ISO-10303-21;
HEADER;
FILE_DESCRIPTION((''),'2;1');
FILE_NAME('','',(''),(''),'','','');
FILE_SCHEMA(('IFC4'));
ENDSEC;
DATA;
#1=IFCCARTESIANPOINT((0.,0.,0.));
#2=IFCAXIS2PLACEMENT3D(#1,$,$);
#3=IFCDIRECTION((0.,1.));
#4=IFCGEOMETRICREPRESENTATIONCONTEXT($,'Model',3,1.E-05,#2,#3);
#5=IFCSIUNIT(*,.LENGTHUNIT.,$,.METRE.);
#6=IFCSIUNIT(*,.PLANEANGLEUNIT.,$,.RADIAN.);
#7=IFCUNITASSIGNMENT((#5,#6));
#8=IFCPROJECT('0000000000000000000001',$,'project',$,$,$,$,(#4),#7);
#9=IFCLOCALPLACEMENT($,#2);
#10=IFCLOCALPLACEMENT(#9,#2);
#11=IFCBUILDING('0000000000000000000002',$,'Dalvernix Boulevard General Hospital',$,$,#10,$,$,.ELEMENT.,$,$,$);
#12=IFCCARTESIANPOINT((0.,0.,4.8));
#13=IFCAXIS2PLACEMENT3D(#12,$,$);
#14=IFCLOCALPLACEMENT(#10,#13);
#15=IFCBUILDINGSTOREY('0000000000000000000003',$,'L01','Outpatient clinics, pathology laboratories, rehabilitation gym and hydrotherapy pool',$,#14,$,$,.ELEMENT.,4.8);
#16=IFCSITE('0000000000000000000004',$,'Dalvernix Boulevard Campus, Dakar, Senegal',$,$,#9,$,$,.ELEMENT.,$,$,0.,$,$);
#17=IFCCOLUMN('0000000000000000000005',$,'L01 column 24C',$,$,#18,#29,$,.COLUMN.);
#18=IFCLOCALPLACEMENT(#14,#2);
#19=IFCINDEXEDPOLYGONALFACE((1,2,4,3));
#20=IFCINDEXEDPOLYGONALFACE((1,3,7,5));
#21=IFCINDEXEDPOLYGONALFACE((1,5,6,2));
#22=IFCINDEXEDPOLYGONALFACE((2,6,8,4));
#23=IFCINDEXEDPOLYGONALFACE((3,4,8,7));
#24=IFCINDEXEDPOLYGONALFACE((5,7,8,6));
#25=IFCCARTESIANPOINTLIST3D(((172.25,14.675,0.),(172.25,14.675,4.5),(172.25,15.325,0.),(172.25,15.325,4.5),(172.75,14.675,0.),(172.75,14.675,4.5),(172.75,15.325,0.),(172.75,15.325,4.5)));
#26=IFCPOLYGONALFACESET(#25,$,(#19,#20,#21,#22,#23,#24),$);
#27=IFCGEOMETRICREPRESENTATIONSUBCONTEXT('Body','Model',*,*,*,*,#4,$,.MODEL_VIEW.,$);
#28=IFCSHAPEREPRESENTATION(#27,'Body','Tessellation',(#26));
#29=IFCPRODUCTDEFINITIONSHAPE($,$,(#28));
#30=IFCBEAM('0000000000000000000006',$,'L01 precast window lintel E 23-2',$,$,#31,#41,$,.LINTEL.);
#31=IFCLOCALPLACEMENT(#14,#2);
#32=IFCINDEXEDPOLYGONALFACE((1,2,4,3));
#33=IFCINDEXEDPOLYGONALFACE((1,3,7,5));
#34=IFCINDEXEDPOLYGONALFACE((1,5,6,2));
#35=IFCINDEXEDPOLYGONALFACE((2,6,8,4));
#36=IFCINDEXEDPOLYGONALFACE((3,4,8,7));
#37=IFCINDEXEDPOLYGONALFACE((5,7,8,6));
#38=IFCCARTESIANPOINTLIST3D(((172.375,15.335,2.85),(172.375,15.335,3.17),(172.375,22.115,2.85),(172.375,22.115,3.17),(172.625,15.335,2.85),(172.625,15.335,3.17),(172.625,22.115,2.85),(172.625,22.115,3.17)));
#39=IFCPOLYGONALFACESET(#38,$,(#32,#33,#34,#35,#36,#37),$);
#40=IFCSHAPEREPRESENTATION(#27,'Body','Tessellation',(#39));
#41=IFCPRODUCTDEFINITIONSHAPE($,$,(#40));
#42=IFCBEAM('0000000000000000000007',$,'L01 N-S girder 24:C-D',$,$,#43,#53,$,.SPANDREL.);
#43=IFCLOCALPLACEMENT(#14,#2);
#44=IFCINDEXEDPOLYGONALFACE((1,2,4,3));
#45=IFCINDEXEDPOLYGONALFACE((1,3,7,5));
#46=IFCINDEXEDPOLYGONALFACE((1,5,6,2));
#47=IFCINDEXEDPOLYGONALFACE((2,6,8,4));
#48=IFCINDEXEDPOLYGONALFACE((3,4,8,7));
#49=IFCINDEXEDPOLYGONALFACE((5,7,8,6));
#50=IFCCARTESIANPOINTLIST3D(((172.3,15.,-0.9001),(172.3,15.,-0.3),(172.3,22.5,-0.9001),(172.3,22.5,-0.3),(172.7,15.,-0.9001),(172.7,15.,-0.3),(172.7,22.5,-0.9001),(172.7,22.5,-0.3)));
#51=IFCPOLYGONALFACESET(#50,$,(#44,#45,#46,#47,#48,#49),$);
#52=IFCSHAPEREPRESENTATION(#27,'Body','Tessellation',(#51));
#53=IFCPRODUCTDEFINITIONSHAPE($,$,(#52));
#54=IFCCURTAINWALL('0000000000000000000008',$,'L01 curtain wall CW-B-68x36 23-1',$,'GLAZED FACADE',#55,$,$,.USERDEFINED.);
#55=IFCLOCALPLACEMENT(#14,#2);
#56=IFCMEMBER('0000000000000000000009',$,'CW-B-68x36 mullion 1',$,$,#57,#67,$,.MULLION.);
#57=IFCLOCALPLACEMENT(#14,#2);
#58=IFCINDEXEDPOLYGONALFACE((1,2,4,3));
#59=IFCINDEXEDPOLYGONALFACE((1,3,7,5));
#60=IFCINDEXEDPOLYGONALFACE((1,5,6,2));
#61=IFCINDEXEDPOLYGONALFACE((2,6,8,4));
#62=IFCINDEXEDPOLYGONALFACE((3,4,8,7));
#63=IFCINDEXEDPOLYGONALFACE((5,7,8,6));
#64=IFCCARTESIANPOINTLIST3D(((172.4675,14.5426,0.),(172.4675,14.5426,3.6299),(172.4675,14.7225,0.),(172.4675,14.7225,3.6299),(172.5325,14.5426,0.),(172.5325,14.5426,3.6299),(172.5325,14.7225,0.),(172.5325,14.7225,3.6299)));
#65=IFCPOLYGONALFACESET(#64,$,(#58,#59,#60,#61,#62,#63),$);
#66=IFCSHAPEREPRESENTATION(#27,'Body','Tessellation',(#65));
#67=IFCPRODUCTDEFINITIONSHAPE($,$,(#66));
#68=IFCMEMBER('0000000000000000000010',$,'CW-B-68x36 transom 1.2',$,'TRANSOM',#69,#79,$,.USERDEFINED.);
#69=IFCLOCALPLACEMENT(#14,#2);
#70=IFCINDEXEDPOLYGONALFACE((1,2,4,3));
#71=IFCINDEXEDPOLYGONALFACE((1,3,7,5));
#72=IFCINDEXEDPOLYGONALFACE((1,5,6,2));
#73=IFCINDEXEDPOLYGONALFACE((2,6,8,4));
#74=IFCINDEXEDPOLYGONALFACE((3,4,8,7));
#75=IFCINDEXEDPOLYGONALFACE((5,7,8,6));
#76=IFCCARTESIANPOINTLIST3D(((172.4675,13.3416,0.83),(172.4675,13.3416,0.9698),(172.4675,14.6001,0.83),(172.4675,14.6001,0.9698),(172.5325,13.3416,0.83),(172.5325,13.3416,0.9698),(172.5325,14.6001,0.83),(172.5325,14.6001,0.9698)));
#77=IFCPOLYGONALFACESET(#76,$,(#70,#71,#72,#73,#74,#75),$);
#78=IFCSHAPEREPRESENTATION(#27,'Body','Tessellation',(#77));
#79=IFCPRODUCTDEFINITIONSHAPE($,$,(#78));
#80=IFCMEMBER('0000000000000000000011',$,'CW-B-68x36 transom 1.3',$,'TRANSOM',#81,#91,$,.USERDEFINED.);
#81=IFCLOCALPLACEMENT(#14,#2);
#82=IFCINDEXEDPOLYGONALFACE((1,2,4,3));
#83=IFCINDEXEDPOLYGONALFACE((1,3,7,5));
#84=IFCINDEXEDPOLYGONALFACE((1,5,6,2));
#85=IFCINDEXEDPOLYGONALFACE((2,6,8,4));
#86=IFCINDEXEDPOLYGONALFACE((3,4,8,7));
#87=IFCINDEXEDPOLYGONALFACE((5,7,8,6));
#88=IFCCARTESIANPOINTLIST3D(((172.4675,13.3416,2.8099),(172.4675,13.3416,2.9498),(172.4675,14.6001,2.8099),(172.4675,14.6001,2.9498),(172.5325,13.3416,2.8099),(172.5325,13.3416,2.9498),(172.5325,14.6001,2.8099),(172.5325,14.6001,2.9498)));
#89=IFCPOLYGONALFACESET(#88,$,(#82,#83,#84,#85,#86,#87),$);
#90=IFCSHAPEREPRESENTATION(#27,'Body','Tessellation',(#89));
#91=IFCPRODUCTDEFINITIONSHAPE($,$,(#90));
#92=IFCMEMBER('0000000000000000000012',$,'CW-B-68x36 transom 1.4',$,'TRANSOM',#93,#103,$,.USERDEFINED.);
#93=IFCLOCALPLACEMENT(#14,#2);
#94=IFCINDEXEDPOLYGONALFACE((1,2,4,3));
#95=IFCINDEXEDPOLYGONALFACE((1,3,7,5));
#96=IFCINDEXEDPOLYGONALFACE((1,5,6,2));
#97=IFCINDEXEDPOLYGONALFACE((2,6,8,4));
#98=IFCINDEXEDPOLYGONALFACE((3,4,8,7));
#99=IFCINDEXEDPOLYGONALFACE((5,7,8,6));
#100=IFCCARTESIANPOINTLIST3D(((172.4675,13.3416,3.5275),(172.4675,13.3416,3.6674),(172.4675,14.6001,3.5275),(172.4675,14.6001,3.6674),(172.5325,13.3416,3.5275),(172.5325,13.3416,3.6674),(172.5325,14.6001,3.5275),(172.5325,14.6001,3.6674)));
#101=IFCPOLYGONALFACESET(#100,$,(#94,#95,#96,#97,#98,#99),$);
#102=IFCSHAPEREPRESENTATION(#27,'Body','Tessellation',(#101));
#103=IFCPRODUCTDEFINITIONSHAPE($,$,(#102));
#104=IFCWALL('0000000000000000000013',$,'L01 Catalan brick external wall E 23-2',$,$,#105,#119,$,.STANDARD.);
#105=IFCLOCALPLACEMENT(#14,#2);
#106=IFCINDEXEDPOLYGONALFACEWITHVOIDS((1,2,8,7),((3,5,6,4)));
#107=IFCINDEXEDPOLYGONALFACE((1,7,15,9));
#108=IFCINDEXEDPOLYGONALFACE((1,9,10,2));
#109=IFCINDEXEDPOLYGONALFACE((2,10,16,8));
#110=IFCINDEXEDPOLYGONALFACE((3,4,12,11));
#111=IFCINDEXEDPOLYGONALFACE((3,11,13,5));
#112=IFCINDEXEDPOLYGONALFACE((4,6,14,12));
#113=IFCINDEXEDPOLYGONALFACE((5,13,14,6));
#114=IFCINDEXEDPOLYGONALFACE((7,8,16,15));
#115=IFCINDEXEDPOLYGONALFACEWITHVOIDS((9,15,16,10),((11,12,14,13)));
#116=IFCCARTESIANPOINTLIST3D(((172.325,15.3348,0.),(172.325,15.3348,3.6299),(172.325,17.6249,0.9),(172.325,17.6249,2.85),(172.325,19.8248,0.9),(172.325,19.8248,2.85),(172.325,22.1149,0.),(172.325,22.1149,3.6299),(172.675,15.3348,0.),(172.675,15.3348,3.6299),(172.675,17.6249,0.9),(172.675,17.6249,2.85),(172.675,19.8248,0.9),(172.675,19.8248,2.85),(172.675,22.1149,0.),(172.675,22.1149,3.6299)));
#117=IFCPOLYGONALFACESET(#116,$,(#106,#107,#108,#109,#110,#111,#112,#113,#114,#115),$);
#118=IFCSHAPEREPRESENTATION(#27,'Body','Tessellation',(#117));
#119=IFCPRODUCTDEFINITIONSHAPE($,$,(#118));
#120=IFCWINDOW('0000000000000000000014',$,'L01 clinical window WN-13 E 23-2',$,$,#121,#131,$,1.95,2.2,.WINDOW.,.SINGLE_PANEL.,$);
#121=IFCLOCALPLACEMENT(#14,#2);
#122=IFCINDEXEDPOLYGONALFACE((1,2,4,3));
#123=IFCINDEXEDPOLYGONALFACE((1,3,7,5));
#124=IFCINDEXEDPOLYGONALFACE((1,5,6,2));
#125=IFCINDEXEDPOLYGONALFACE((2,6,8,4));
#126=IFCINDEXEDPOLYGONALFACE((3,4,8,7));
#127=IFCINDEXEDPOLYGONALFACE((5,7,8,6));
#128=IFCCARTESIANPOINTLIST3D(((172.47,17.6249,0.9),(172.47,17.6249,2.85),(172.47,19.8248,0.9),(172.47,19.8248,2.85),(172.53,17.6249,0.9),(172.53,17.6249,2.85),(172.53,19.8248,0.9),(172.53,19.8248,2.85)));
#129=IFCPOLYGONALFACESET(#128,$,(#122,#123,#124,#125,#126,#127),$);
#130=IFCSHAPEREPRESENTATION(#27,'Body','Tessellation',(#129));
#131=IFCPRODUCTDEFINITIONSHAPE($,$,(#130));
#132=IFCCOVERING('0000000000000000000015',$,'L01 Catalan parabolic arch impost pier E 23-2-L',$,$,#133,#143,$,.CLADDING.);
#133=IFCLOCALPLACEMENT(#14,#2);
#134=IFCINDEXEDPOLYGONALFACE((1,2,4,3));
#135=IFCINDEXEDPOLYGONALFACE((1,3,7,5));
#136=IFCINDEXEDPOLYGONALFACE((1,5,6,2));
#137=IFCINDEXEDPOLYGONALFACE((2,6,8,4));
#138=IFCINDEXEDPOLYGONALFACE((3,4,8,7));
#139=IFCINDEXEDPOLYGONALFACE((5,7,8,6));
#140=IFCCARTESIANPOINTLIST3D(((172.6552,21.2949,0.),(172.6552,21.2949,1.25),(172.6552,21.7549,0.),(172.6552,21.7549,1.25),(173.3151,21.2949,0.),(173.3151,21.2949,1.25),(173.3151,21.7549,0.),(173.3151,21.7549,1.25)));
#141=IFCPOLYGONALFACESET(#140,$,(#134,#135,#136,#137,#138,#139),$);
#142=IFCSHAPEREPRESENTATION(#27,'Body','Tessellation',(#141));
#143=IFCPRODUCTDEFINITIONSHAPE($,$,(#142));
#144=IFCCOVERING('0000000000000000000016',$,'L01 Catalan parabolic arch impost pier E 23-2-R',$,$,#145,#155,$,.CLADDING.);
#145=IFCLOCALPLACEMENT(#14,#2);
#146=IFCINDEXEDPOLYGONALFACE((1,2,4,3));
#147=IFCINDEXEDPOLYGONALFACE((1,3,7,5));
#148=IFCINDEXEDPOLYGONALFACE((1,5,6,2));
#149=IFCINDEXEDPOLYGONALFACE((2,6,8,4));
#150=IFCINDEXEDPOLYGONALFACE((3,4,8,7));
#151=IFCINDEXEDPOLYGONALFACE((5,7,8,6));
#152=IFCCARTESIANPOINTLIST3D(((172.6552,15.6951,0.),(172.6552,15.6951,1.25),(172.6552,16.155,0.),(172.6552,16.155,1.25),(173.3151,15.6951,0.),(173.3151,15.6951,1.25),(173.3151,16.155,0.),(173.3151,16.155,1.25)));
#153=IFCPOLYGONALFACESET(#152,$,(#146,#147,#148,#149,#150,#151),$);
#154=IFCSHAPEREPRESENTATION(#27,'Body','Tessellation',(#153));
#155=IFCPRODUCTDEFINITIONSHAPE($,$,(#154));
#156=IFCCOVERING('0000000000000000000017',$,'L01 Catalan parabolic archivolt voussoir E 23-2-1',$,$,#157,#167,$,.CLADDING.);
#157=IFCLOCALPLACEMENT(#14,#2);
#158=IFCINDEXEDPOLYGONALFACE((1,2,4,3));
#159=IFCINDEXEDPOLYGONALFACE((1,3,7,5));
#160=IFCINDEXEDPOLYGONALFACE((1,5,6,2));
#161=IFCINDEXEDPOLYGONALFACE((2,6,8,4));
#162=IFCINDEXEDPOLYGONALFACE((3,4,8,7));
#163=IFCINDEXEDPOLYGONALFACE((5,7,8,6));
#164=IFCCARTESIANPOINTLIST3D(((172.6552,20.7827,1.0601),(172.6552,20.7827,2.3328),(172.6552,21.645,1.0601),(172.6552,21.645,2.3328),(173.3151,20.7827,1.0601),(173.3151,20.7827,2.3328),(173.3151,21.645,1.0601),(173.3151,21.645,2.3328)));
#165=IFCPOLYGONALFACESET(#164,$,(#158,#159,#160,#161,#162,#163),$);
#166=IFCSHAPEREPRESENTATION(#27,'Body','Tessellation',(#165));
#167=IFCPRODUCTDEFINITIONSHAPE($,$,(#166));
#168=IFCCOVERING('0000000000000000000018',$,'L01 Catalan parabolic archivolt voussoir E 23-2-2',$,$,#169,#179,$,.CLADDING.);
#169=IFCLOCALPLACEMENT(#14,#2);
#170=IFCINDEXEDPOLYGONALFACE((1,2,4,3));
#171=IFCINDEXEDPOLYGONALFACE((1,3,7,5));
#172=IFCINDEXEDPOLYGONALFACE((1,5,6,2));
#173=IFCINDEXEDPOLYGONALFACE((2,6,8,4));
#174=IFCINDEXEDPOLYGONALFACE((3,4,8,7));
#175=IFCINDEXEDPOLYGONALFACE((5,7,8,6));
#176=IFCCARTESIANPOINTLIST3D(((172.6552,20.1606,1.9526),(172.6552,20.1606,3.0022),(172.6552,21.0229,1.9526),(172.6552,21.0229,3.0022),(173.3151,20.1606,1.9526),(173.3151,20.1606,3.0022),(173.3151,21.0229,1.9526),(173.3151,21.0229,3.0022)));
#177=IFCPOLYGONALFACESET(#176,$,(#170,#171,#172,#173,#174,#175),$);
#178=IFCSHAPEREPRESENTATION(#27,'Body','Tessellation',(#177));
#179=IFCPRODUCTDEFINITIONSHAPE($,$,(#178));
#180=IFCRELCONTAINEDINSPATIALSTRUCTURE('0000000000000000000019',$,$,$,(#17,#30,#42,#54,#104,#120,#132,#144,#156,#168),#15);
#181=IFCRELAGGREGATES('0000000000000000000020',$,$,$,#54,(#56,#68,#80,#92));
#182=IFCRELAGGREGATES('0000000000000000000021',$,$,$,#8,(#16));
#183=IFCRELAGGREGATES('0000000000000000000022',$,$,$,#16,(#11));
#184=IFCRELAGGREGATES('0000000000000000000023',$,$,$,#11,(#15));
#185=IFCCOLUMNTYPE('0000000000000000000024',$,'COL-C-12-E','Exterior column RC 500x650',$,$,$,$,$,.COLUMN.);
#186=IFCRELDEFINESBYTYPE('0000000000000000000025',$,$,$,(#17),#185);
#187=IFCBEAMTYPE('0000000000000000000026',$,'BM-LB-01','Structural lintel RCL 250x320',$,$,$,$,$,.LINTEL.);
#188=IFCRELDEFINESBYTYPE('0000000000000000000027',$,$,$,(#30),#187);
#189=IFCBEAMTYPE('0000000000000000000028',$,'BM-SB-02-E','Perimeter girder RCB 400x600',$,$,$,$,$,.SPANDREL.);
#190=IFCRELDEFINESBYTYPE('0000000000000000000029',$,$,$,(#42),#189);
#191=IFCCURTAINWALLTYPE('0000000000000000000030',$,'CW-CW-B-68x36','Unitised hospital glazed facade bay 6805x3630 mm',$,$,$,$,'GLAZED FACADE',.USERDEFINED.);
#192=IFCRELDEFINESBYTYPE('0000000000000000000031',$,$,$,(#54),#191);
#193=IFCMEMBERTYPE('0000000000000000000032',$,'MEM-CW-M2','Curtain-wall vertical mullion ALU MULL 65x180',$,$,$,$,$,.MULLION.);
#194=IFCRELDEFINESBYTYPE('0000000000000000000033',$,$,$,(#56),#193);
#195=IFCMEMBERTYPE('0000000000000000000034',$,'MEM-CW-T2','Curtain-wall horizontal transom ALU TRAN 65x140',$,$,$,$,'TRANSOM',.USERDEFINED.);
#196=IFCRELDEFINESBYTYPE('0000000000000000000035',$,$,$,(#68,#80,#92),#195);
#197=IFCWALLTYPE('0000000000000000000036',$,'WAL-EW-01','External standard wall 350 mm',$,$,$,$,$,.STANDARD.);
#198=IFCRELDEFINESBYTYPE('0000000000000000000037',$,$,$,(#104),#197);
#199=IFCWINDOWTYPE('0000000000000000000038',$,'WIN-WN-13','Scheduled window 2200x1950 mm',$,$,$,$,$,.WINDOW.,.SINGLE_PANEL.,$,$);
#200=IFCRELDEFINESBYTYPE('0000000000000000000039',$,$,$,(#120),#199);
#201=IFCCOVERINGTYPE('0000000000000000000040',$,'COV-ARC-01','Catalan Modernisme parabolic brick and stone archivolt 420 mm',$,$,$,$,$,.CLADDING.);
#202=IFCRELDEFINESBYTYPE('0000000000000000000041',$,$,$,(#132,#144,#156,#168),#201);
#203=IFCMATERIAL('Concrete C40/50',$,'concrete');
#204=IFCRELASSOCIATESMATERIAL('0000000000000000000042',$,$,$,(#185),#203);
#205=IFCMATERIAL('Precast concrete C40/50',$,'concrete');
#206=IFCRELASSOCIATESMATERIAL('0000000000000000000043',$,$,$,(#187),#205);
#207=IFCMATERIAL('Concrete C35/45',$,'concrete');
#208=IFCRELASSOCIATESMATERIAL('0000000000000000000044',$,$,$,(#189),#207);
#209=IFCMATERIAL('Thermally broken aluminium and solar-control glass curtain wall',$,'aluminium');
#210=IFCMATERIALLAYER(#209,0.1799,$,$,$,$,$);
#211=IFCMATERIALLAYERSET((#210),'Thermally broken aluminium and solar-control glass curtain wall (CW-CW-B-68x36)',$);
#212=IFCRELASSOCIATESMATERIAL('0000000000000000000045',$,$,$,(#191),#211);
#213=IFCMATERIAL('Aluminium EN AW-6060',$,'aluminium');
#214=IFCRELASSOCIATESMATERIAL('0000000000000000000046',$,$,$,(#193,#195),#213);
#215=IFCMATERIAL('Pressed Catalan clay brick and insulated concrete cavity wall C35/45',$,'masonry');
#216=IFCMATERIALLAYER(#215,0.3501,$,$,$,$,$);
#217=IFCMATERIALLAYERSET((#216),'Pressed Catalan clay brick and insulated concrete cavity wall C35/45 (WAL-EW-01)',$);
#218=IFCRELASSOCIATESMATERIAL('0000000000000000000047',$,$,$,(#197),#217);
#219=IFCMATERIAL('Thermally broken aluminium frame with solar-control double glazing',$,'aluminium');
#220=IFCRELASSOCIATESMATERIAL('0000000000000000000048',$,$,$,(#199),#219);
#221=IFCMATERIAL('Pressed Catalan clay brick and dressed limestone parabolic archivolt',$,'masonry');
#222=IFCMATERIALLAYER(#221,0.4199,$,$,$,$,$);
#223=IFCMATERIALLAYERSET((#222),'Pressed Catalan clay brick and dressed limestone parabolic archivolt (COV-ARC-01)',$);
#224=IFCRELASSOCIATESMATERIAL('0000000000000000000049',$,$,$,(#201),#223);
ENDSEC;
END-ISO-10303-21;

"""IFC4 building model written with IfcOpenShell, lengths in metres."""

from ifc_helpers import new_model, si_unit, direction, frame, frame_2d, origin, origin_2d, place, context, subcontext, project, spatial, rectangle, extrude, material, layer, layer_set, material_profile, profile_set, type_object, element, fill, aggregate, save


model = new_model("IFC4")

# Units and contexts
model_context = context("Model", 3, precision=1e-05, world=origin(), true_north=direction((0.0, 1.0)))
body_context = subcontext(model_context, "Body", "Model", "MODEL_VIEW")
ifc_project = project(units=[si_unit("LENGTHUNIT", "METRE"), si_unit("PLANEANGLEUNIT", "RADIAN")], contexts=[model_context])

# Site, building, storey
site_placement = place(None, origin())
site = spatial("IfcSite", under=ifc_project, at=site_placement, Name="Dalvernix Boulevard Campus, Dakar, Senegal", CompositionType="ELEMENT", RefElevation=0.0)
building_placement = place(site_placement, origin())
building = spatial("IfcBuilding", under=site, at=building_placement, Name="Dalvernix Boulevard General Hospital", CompositionType="ELEMENT")
storey_placement = place(building_placement, frame((0.0, 0.0, 4.8)))
storey = spatial("IfcBuildingStorey", under=building, at=storey_placement, Name="L01", Description="Outpatient clinics, pathology laboratories, rehabilitation gym and hydrotherapy pool", CompositionType="ELEMENT", Elevation=4.8)

# Column
ifc_material_1 = material(Name="Concrete C40/50", Category="concrete")
ifc_material_profile_1 = material_profile(ifc_material_1, rectangle(XDim=0.5, YDim=0.6499, at=origin_2d()), Name="RC 500x650")
ifc_profile_set_1 = profile_set([ifc_material_profile_1], Name="Concrete C40/50")
column_type = type_object("IfcColumnType", Name="COL-C-12-E", Description="Exterior column RC 500x650", PredefinedType="COLUMN", material=ifc_profile_set_1)
column_placement = place(storey_placement, frame((172.5, 15.0, 0.0), z_axis=(0.0, 0.0, 1.0), x_axis=(1.0, 0.0, 0.0)))
element("IfcColumn", 1, at=column_placement, inside=storey, type_object=column_type, Name="L01 column 24C", PredefinedType="COLUMN", context=body_context, shape_type="SweptSolid", body=[
    extrude(rectangle(XDim=0.5, YDim=0.6499, at=origin_2d()), origin(), (0.0, 0.0, 1.0), 4.5),
])

# Beams
ifc_material_2 = material(Name="Precast concrete C40/50", Category="concrete")
ifc_material_profile_2 = material_profile(ifc_material_2, rectangle(XDim=0.25, YDim=0.3201, at=origin_2d()), Name="RCL 250x320")
ifc_profile_set_2 = profile_set([ifc_material_profile_2], Name="Precast concrete C40/50")
beam_type_1 = type_object("IfcBeamType", Name="BM-LB-01", Description="Structural lintel RCL 250x320", PredefinedType="LINTEL", material=ifc_profile_set_2)
beam_1_placement = place(storey_placement, frame((172.5, 22.115, 3.01), z_axis=(0.0, -1.0, 0.0), x_axis=(1.0, 0.0, 0.0)))
element("IfcBeam", 2, at=beam_1_placement, inside=storey, type_object=beam_type_1, Name="L01 precast window lintel E 23-2", PredefinedType="LINTEL", context=body_context, shape_type="SweptSolid", body=[
    extrude(rectangle(XDim=0.25, YDim=0.3201, at=origin_2d()), origin(), (0.0, 0.0, 1.0), 6.78),
])
ifc_material_3 = material(Name="Concrete C35/45", Category="concrete")
ifc_material_profile_3 = material_profile(ifc_material_3, rectangle(XDim=0.3999, YDim=0.6001, at=origin_2d()), Name="RCB 400x600")
ifc_profile_set_3 = profile_set([ifc_material_profile_3], Name="Concrete C35/45")
beam_type_2 = type_object("IfcBeamType", Name="BM-SB-02-E", Description="Perimeter girder RCB 400x600", PredefinedType="SPANDREL", material=ifc_profile_set_3)
beam_2_placement = place(storey_placement, frame((172.5, 15.0, -0.6001), z_axis=(0.0, 1.0, 0.0), x_axis=(-1.0, 0.0, 0.0)))
element("IfcBeam", 3, at=beam_2_placement, inside=storey, type_object=beam_type_2, Name="L01 N-S girder 24:C-D", PredefinedType="SPANDREL", context=body_context, shape_type="SweptSolid", body=[
    extrude(rectangle(XDim=0.3999, YDim=0.6001, at=origin_2d()), origin(), (0.0, 0.0, 1.0), 7.5),
])

# Curtain wall, members
ifc_material_4 = material(Name="Thermally broken aluminium and solar-control glass curtain wall", Category="aluminium")
ifc_layer_1 = layer(ifc_material_4, 0.1799)
ifc_layer_set_1 = layer_set([ifc_layer_1], Name="Thermally broken aluminium and solar-control glass curtain wall (CW-CW-B-68x36)")
curtain_wall_type = type_object("IfcCurtainWallType", Name="CW-CW-B-68x36", Description="Unitised hospital glazed facade bay 6805x3630 mm", ElementType="GLAZED FACADE", PredefinedType="USERDEFINED", material=ifc_layer_set_1)
curtain_wall_placement = place(storey_placement, origin())
curtain_wall = element("IfcCurtainWall", 4, at=curtain_wall_placement, inside=storey, type_object=curtain_wall_type, Name="L01 curtain wall CW-B-68x36 23-1", ObjectType="GLAZED FACADE", PredefinedType="USERDEFINED")
ifc_material_5 = material(Name="Aluminium EN AW-6060", Category="aluminium")
ifc_material_profile_4 = material_profile(ifc_material_5, rectangle(XDim=0.0649, YDim=0.1799, at=origin_2d()), Name="ALU MULL 65x180")
ifc_profile_set_4 = profile_set([ifc_material_profile_4], Name="Aluminium EN AW-6060")
member_type_1 = type_object("IfcMemberType", Name="MEM-CW-M2", Description="Curtain-wall vertical mullion ALU MULL 65x180", PredefinedType="MULLION", material=ifc_profile_set_4)
member_1_placement = place(storey_placement, frame((172.5, 14.6326, 0.0), z_axis=(0.0, 0.0, 1.0), x_axis=(1.0, 0.0, 0.0)))
member_1 = element("IfcMember", 5, at=member_1_placement, type_object=member_type_1, Name="CW-B-68x36 mullion 1", PredefinedType="MULLION", context=body_context, shape_type="SweptSolid", body=[
    extrude(rectangle(XDim=0.0649, YDim=0.1799, at=origin_2d()), origin(), (0.0, 0.0, 1.0), 3.6299),
])
ifc_material_profile_5 = material_profile(ifc_material_5, rectangle(XDim=0.0649, YDim=0.1399, at=origin_2d()), Name="ALU TRAN 65x140")
ifc_profile_set_5 = profile_set([ifc_material_profile_5], Name="Aluminium EN AW-6060")
member_type_2 = type_object("IfcMemberType", Name="MEM-CW-T2", Description="Curtain-wall horizontal transom ALU TRAN 65x140", ElementType="TRANSOM", PredefinedType="USERDEFINED", material=ifc_profile_set_5)
member_2_placement = place(storey_placement, frame((172.5, 14.6001, 0.8999), z_axis=(0.0, -1.0, 0.0), x_axis=(1.0, 0.0, 0.0)))
member_2 = element("IfcMember", 6, at=member_2_placement, type_object=member_type_2, Name="CW-B-68x36 transom 1.2", ObjectType="TRANSOM", PredefinedType="USERDEFINED", context=body_context, shape_type="SweptSolid", body=[
    extrude(rectangle(XDim=0.0649, YDim=0.1399, at=origin_2d()), origin(), (0.0, 0.0, 1.0), 1.2585),
])
member_3_placement = place(storey_placement, frame((172.5, 14.6001, 2.8799), z_axis=(0.0, -1.0, 0.0), x_axis=(1.0, 0.0, 0.0)))
member_3 = element("IfcMember", 7, at=member_3_placement, type_object=member_type_2, Name="CW-B-68x36 transom 1.3", ObjectType="TRANSOM", PredefinedType="USERDEFINED", context=body_context, shape_type="SweptSolid", body=[
    extrude(rectangle(XDim=0.0649, YDim=0.1399, at=origin_2d()), origin(), (0.0, 0.0, 1.0), 1.2585),
])
member_4_placement = place(storey_placement, frame((172.5, 14.6001, 3.5974), z_axis=(0.0, -1.0, 0.0), x_axis=(1.0, 0.0, 0.0)))
member_4 = element("IfcMember", 8, at=member_4_placement, type_object=member_type_2, Name="CW-B-68x36 transom 1.4", ObjectType="TRANSOM", PredefinedType="USERDEFINED", context=body_context, shape_type="SweptSolid", body=[
    extrude(rectangle(XDim=0.0649, YDim=0.1399, at=origin_2d()), origin(), (0.0, 0.0, 1.0), 1.2585),
])
aggregate(curtain_wall, [member_1, member_2, member_3, member_4])

# Wall, opening, window
ifc_material_6 = material(Name="Pressed Catalan clay brick and insulated concrete cavity wall C35/45", Category="masonry")
ifc_layer_2 = layer(ifc_material_6, 0.3501)
ifc_layer_set_2 = layer_set([ifc_layer_2], Name="Pressed Catalan clay brick and insulated concrete cavity wall C35/45 (WAL-EW-01)")
wall_type = type_object("IfcWallType", Name="WAL-EW-01", Description="External standard wall 350 mm", PredefinedType="STANDARD", material=ifc_layer_set_2)
wall_placement = place(storey_placement, frame((172.5, 22.115, 0.0), z_axis=(0.0, 0.0, 1.0), x_axis=(0.0, -1.0, 0.0)))
wall = element("IfcWall", 9, at=wall_placement, inside=storey, type_object=wall_type, Name="L01 Catalan brick external wall E 23-2", PredefinedType="STANDARD", context=body_context, shape_type="SweptSolid", body=[
    extrude(rectangle(XDim=6.78, YDim=0.3501, at=frame_2d((3.3901, 0.0))), origin(), (0.0, 0.0, 1.0), 3.6299),
])
opening_placement = place(wall_placement, frame((2.29, 0.0, 0.8999)))
opening = element("IfcOpeningElement", 10, at=opening_placement, cuts=wall, PredefinedType="OPENING", context=body_context, shape_type="SweptSolid", body=[
    extrude(rectangle(XDim=2.2, YDim=1.95, at=frame_2d((1.1001, 0.9751))), frame((0.0, 0.1851, 0.0), z_axis=(0.0, -1.0, 0.0), x_axis=(1.0, 0.0, 0.0)), (0.0, 0.0, 1.0), 0.3701),
])
ifc_material_7 = material(Name="Thermally broken aluminium frame with solar-control double glazing", Category="aluminium")
window_type = type_object("IfcWindowType", Name="WIN-WN-13", Description="Scheduled window 2200x1950 mm", PartitioningType="SINGLE_PANEL", PredefinedType="WINDOW", material=ifc_material_7)
window_placement = place(opening_placement, origin())
window = element("IfcWindow", 11, at=window_placement, inside=storey, type_object=window_type, Name="L01 clinical window WN-13 E 23-2", OverallHeight=1.95, OverallWidth=2.2, PartitioningType="SINGLE_PANEL", PredefinedType="WINDOW", context=body_context, shape_type="SweptSolid", body=[
    extrude(rectangle(XDim=2.2, YDim=1.95, at=frame_2d((1.1001, 0.9751))), frame((0.0, 0.03, 0.0), z_axis=(0.0, -1.0, 0.0), x_axis=(1.0, 0.0, 0.0)), (0.0, 0.0, 1.0), 0.0601),
])
fill(opening, window)

# Coverings
ifc_material_8 = material(Name="Pressed Catalan clay brick and dressed limestone parabolic archivolt", Category="masonry")
ifc_layer_3 = layer(ifc_material_8, 0.4199)
ifc_layer_set_3 = layer_set([ifc_layer_3], Name="Pressed Catalan clay brick and dressed limestone parabolic archivolt (COV-ARC-01)")
covering_type_1 = type_object("IfcCoveringType", Name="COV-ARC-01", Description="Catalan Modernisme parabolic brick and stone archivolt 420 mm", PredefinedType="CLADDING", material=ifc_layer_set_3)
for number, where, z_axis, x_axis, name in (
    (12, (172.9851, 21.5249, 0.0), (0.0, 0.0, 1.0), (0.0, -1.0, 0.0), "L01 Catalan parabolic arch impost pier E 23-2-L"),
    (13, (172.9851, 15.925, 0.0), (0.0, 0.0, 1.0), (0.0, -1.0, 0.0), "L01 Catalan parabolic arch impost pier E 23-2-R"),
):
    element("IfcCovering", number, at=place(storey_placement, frame(where, z_axis=z_axis, x_axis=x_axis)), inside=storey, type_object=covering_type_1, Name=name, PredefinedType="CLADDING", context=body_context, shape_type="SweptSolid", body=[
        extrude(rectangle(XDim=0.46, YDim=0.6599, at=origin_2d()), origin(), (0.0, 0.0, 1.0), 1.25),
    ])
covering_1_placement = place(storey_placement, frame((172.9851, 21.2139, 1.0601), z_axis=(0.0, 0.0, 1.0), x_axis=(0.0, -1.0, 0.0)))
element("IfcCovering", 14, at=covering_1_placement, inside=storey, type_object=covering_type_1, Name="L01 Catalan parabolic archivolt voussoir E 23-2-1", PredefinedType="CLADDING", context=body_context, shape_type="SweptSolid", body=[
    extrude(rectangle(XDim=0.8623, YDim=0.6599, at=origin_2d()), origin(), (0.0, 0.0, 1.0), 1.2727),
])
covering_2_placement = place(storey_placement, frame((172.9851, 20.5918, 1.9526), z_axis=(0.0, 0.0, 1.0), x_axis=(0.0, -1.0, 0.0)))
element("IfcCovering", 15, at=covering_2_placement, inside=storey, type_object=covering_type_1, Name="L01 Catalan parabolic archivolt voussoir E 23-2-2", PredefinedType="CLADDING", context=body_context, shape_type="SweptSolid", body=[
    extrude(rectangle(XDim=0.8623, YDim=0.6599, at=origin_2d()), origin(), (0.0, 0.0, 1.0), 1.0496),
])

save(model, "model.ifc")
